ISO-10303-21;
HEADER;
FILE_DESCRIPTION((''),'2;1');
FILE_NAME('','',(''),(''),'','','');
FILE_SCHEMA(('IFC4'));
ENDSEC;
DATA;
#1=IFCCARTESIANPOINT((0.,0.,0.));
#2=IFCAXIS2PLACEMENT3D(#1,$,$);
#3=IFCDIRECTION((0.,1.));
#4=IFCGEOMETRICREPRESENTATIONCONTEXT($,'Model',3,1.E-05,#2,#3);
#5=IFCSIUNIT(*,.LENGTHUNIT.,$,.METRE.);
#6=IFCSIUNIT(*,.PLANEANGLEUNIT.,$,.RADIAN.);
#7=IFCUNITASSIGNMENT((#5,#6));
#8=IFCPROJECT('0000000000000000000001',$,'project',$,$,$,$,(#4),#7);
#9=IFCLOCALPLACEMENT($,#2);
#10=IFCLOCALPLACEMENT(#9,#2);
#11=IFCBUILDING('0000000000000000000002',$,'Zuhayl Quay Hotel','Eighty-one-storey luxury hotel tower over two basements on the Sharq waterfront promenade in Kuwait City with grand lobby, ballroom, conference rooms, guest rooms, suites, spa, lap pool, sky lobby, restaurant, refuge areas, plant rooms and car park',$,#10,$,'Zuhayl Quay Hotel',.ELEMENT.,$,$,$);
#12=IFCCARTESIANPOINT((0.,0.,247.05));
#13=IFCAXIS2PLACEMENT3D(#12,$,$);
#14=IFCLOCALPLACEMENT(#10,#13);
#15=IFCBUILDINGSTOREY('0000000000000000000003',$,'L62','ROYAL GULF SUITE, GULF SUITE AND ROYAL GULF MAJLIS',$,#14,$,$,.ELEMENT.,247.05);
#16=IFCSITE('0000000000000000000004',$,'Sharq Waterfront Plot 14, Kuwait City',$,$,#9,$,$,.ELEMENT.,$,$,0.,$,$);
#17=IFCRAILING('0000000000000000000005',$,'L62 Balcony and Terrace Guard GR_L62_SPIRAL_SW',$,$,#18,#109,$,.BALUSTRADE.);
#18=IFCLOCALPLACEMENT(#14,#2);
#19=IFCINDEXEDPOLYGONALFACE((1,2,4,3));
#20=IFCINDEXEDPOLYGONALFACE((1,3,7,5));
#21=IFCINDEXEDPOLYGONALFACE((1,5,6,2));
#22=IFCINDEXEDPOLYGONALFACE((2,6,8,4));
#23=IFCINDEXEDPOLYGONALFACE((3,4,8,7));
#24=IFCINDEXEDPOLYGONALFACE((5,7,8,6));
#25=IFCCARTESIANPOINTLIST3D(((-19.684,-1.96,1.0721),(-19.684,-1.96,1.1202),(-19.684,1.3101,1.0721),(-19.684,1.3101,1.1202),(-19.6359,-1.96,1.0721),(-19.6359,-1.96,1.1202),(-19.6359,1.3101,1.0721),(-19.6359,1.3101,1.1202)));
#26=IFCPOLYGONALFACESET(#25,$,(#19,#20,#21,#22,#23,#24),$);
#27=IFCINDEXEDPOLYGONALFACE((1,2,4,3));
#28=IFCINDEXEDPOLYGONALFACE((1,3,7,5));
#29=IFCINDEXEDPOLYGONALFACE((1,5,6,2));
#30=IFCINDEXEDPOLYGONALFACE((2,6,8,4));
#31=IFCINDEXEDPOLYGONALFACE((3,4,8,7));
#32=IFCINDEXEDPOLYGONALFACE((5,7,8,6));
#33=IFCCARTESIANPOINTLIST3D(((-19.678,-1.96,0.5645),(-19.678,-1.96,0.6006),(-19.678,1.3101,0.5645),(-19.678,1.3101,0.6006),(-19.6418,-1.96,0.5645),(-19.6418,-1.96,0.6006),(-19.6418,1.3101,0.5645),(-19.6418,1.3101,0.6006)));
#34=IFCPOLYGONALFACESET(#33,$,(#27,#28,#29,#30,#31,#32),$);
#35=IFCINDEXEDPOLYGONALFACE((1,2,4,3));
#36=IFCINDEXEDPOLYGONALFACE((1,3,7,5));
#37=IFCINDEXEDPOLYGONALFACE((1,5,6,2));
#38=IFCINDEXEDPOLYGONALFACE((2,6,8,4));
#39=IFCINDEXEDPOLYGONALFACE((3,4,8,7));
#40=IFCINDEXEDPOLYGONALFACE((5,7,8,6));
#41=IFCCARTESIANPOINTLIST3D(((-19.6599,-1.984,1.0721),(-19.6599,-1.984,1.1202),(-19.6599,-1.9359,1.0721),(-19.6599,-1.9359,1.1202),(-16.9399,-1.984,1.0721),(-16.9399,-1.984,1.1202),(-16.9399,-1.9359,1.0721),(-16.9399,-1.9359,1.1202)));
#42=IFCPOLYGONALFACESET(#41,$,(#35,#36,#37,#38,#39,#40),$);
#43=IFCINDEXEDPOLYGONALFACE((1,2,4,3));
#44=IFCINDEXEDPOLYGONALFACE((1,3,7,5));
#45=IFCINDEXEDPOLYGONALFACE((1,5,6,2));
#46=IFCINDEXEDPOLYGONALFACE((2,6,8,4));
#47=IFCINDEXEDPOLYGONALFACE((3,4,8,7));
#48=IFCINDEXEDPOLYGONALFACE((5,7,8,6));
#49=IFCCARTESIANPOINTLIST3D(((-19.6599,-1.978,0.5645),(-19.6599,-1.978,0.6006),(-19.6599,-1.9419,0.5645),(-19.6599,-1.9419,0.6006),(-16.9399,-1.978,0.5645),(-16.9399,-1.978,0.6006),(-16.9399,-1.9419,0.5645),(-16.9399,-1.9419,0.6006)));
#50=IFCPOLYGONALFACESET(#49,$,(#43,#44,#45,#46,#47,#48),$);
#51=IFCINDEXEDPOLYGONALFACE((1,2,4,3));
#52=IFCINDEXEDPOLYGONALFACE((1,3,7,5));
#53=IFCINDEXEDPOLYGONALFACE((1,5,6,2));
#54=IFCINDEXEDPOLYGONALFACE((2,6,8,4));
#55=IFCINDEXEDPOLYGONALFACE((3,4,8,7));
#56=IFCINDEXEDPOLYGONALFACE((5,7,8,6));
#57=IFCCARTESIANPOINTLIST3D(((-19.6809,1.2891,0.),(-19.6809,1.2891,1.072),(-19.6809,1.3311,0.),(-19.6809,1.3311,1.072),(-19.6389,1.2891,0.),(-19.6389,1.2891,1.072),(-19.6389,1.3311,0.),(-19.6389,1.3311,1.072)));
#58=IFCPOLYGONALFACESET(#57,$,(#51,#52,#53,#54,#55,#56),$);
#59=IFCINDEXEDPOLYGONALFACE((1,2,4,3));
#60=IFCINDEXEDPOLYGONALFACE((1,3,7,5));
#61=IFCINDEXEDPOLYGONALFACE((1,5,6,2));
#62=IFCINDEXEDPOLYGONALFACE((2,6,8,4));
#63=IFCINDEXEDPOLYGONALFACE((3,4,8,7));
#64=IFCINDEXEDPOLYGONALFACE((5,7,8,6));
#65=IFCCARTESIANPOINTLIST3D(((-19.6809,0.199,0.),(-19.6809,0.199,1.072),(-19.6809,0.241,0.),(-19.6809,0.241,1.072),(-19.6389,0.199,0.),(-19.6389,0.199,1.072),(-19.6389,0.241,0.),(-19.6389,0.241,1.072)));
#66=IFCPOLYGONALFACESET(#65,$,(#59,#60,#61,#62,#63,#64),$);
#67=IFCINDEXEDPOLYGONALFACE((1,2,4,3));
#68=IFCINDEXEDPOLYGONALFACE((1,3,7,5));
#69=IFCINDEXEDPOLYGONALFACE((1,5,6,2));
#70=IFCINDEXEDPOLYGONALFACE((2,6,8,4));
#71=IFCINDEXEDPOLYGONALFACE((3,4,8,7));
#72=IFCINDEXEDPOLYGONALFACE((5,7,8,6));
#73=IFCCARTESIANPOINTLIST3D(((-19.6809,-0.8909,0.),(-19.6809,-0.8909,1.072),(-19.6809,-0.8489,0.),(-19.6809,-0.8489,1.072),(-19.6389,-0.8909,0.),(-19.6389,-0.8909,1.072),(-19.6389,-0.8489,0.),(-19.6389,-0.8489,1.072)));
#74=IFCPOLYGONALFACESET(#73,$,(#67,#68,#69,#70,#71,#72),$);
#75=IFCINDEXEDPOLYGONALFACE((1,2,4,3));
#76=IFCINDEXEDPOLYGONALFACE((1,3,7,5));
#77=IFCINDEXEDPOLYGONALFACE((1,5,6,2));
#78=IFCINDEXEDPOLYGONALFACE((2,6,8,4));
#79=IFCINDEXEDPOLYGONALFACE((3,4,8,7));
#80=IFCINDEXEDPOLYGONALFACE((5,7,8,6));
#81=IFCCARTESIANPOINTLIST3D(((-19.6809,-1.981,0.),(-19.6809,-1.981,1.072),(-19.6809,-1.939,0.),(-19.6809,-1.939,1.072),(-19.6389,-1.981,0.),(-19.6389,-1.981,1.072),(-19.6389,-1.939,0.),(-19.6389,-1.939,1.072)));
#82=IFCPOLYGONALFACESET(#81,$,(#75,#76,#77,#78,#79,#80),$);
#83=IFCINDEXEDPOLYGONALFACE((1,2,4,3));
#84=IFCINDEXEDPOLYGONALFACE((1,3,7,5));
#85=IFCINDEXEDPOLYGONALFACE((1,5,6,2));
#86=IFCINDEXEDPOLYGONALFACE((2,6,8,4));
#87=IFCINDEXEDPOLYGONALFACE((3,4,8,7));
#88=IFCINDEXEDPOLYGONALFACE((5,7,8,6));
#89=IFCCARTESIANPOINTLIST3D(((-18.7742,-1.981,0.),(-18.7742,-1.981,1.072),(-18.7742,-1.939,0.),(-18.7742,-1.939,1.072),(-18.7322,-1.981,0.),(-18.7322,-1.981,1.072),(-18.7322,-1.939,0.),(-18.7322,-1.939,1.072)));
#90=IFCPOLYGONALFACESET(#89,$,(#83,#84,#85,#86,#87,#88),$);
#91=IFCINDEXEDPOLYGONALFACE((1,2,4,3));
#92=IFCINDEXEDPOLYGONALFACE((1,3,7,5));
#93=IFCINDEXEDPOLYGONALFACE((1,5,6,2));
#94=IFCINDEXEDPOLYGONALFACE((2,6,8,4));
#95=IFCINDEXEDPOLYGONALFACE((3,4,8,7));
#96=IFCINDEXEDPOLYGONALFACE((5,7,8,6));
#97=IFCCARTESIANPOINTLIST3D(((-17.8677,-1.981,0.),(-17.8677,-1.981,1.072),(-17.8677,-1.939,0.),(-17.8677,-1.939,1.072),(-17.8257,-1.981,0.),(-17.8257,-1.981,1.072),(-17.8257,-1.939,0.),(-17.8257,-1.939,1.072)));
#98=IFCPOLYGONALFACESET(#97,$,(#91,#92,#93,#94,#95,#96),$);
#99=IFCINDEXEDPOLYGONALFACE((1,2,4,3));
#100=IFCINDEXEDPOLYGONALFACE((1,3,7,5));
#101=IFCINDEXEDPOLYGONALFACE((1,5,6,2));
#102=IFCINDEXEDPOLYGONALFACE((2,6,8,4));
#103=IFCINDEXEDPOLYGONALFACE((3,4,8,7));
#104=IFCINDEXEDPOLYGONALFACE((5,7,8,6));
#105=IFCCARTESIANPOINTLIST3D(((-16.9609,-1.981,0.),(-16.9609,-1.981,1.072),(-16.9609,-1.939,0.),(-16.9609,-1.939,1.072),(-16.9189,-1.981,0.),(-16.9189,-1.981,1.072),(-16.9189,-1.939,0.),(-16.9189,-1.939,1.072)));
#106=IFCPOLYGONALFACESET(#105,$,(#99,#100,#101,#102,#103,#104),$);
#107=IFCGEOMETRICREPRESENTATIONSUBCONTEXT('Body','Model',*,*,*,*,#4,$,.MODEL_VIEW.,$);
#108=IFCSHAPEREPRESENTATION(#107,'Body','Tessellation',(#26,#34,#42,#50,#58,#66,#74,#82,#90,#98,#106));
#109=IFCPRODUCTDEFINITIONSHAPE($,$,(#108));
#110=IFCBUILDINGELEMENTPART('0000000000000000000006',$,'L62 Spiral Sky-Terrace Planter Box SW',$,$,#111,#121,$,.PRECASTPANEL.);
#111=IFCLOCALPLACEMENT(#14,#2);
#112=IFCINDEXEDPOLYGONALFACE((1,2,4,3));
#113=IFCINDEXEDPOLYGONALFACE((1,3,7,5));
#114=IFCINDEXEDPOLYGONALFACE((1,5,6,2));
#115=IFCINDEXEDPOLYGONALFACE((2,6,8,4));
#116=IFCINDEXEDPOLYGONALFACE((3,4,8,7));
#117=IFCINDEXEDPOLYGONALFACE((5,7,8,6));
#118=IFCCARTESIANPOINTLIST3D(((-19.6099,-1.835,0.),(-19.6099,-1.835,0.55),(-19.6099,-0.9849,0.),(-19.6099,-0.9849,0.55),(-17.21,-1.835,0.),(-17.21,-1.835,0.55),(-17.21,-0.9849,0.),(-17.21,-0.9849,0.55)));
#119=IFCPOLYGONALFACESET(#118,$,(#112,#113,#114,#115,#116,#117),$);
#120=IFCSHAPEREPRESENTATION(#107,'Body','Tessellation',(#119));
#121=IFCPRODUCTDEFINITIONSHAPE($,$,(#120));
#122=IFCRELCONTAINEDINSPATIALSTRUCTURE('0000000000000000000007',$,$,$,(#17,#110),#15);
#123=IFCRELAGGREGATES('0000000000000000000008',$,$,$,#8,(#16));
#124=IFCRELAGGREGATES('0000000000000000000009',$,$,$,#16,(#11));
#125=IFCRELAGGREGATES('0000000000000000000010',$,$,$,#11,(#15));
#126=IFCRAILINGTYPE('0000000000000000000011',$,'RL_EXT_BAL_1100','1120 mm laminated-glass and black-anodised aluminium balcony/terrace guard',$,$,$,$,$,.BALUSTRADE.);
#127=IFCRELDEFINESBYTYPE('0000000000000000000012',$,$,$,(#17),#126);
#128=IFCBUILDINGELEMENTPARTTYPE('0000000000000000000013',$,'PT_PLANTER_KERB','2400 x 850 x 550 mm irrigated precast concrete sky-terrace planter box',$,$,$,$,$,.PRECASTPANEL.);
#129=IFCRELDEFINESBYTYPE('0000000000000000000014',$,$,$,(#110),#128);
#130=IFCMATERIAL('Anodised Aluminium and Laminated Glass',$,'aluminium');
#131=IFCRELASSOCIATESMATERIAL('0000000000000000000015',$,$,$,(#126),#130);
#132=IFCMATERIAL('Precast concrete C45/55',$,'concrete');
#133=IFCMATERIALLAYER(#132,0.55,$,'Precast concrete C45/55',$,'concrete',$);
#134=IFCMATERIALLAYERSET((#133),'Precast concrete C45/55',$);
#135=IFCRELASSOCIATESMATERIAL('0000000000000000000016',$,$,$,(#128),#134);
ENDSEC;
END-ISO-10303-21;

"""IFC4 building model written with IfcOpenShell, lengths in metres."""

from ifc_helpers import new_model, si_unit, direction, frame, origin, origin_2d, place, context, subcontext, project, spatial, rectangle, extrude, material, layer, layer_set, type_object, element, save


model = new_model("IFC4")

# Units and contexts
model_context = context("Model", 3, precision=1e-05, world=origin(), true_north=direction((0.0, 1.0)))
body_context = subcontext(model_context, "Body", "Model", "MODEL_VIEW")
ifc_project = project(units=[si_unit("LENGTHUNIT", "METRE"), si_unit("PLANEANGLEUNIT", "RADIAN")], contexts=[model_context])

# Site, building, storey
site_placement = place(None, origin())
site = spatial("IfcSite", under=ifc_project, at=site_placement, Name="Sharq Waterfront Plot 14, Kuwait City", CompositionType="ELEMENT", RefElevation=0.0)
building_placement = place(site_placement, origin())
building = spatial("IfcBuilding", under=site, at=building_placement, Name="Zuhayl Quay Hotel", Description="Eighty-one-storey luxury hotel tower over two basements on the Sharq waterfront promenade in Kuwait City with grand lobby, ballroom, conference rooms, guest rooms, suites, spa, lap pool, sky lobby, restaurant, refuge areas, plant rooms and car park", LongName="Zuhayl Quay Hotel", CompositionType="ELEMENT")
storey_placement = place(building_placement, frame((0.0, 0.0, 247.05)))
storey = spatial("IfcBuildingStorey", under=building, at=storey_placement, Name="L62", Description="ROYAL GULF SUITE, GULF SUITE AND ROYAL GULF MAJLIS", CompositionType="ELEMENT", Elevation=247.05)

# Shared definitions
ifc_material_1 = material(Name="Precast concrete C45/55", Category="concrete")

# Railing
ifc_material_2 = material(Name="Anodised Aluminium and Laminated Glass", Category="aluminium")
railing_type = type_object("IfcRailingType", Name="RL_EXT_BAL_1100", Description="1120 mm laminated-glass and black-anodised aluminium balcony/terrace guard", PredefinedType="BALUSTRADE", material=ifc_material_2)
railing_1_placement = place(storey_placement, frame((-19.6599, 1.3101, 0.0)))
element("IfcRailing", 1, at=railing_1_placement, inside=storey, type_object=railing_type, Name="L62 Balcony and Terrace Guard GR_L62_SPIRAL_SW", PredefinedType="BALUSTRADE", context=body_context, shape_type="SweptSolid", body=[
    extrude(rectangle(XDim=0.0481, YDim=0.0481, at=origin_2d()), frame((0.0, 0.0, 1.0962), z_axis=(0.0, -1.0, 0.0), x_axis=(1.0, 0.0, 0.0)), (0.0, 0.0, 1.0), 3.27),
    extrude(rectangle(XDim=0.0361, YDim=0.0361, at=origin_2d()), frame((0.0, 0.0, 0.5825), z_axis=(0.0, -1.0, 0.0), x_axis=(1.0, 0.0, 0.0)), (0.0, 0.0, 1.0), 3.27),
    extrude(rectangle(XDim=0.0481, YDim=0.0481, at=origin_2d()), frame((0.0, -3.27, 1.0962), z_axis=(1.0, 0.0, 0.0), x_axis=(0.0, 1.0, 0.0)), (0.0, 0.0, 1.0), 2.72),
    extrude(rectangle(XDim=0.0361, YDim=0.0361, at=origin_2d()), frame((0.0, -3.27, 0.5825), z_axis=(1.0, 0.0, 0.0), x_axis=(0.0, 1.0, 0.0)), (0.0, 0.0, 1.0), 2.72),
    extrude(rectangle(XDim=0.042, YDim=0.042, at=origin_2d()), origin(), (0.0, 0.0, 1.0), 1.072),
    extrude(rectangle(XDim=0.042, YDim=0.042, at=origin_2d()), frame((0.0, -1.0901, 0.0)), (0.0, 0.0, 1.0), 1.072),
    extrude(rectangle(XDim=0.042, YDim=0.042, at=origin_2d()), frame((0.0, -2.1799, 0.0)), (0.0, 0.0, 1.0), 1.072),
    extrude(rectangle(XDim=0.042, YDim=0.042, at=origin_2d()), frame((0.0, -3.27, 0.0)), (0.0, 0.0, 1.0), 1.072),
    extrude(rectangle(XDim=0.042, YDim=0.042, at=origin_2d()), frame((0.9067, -3.27, 0.0)), (0.0, 0.0, 1.0), 1.072),
    extrude(rectangle(XDim=0.042, YDim=0.042, at=origin_2d()), frame((1.8132, -3.27, 0.0)), (0.0, 0.0, 1.0), 1.072),
    extrude(rectangle(XDim=0.042, YDim=0.042, at=origin_2d()), frame((2.72, -3.27, 0.0)), (0.0, 0.0, 1.0), 1.072),
])

# Building element part
ifc_layer_1 = layer(ifc_material_1, 0.55, Name="Precast concrete C45/55", Category="concrete")
ifc_layer_set_1 = layer_set([ifc_layer_1], Name="Precast concrete C45/55")
building_element_part_type = type_object("IfcBuildingElementPartType", Name="PT_PLANTER_KERB", Description="2400 x 850 x 550 mm irrigated precast concrete sky-terrace planter box", PredefinedType="PRECASTPANEL", material=ifc_layer_set_1)
building_element_part_placement = place(storey_placement, frame((-18.4099, -1.4099, 0.0), z_axis=(0.0, 0.0, 1.0), x_axis=(1.0, 0.0, 0.0)))
element("IfcBuildingElementPart", 2, at=building_element_part_placement, inside=storey, type_object=building_element_part_type, Name="L62 Spiral Sky-Terrace Planter Box SW", PredefinedType="PRECASTPANEL", context=body_context, shape_type="SweptSolid", body=[
    extrude(rectangle(XDim=2.3999, YDim=0.8501, at=origin_2d()), origin(), (0.0, 0.0, 1.0), 0.55),
])

save(model, "model.ifc")
